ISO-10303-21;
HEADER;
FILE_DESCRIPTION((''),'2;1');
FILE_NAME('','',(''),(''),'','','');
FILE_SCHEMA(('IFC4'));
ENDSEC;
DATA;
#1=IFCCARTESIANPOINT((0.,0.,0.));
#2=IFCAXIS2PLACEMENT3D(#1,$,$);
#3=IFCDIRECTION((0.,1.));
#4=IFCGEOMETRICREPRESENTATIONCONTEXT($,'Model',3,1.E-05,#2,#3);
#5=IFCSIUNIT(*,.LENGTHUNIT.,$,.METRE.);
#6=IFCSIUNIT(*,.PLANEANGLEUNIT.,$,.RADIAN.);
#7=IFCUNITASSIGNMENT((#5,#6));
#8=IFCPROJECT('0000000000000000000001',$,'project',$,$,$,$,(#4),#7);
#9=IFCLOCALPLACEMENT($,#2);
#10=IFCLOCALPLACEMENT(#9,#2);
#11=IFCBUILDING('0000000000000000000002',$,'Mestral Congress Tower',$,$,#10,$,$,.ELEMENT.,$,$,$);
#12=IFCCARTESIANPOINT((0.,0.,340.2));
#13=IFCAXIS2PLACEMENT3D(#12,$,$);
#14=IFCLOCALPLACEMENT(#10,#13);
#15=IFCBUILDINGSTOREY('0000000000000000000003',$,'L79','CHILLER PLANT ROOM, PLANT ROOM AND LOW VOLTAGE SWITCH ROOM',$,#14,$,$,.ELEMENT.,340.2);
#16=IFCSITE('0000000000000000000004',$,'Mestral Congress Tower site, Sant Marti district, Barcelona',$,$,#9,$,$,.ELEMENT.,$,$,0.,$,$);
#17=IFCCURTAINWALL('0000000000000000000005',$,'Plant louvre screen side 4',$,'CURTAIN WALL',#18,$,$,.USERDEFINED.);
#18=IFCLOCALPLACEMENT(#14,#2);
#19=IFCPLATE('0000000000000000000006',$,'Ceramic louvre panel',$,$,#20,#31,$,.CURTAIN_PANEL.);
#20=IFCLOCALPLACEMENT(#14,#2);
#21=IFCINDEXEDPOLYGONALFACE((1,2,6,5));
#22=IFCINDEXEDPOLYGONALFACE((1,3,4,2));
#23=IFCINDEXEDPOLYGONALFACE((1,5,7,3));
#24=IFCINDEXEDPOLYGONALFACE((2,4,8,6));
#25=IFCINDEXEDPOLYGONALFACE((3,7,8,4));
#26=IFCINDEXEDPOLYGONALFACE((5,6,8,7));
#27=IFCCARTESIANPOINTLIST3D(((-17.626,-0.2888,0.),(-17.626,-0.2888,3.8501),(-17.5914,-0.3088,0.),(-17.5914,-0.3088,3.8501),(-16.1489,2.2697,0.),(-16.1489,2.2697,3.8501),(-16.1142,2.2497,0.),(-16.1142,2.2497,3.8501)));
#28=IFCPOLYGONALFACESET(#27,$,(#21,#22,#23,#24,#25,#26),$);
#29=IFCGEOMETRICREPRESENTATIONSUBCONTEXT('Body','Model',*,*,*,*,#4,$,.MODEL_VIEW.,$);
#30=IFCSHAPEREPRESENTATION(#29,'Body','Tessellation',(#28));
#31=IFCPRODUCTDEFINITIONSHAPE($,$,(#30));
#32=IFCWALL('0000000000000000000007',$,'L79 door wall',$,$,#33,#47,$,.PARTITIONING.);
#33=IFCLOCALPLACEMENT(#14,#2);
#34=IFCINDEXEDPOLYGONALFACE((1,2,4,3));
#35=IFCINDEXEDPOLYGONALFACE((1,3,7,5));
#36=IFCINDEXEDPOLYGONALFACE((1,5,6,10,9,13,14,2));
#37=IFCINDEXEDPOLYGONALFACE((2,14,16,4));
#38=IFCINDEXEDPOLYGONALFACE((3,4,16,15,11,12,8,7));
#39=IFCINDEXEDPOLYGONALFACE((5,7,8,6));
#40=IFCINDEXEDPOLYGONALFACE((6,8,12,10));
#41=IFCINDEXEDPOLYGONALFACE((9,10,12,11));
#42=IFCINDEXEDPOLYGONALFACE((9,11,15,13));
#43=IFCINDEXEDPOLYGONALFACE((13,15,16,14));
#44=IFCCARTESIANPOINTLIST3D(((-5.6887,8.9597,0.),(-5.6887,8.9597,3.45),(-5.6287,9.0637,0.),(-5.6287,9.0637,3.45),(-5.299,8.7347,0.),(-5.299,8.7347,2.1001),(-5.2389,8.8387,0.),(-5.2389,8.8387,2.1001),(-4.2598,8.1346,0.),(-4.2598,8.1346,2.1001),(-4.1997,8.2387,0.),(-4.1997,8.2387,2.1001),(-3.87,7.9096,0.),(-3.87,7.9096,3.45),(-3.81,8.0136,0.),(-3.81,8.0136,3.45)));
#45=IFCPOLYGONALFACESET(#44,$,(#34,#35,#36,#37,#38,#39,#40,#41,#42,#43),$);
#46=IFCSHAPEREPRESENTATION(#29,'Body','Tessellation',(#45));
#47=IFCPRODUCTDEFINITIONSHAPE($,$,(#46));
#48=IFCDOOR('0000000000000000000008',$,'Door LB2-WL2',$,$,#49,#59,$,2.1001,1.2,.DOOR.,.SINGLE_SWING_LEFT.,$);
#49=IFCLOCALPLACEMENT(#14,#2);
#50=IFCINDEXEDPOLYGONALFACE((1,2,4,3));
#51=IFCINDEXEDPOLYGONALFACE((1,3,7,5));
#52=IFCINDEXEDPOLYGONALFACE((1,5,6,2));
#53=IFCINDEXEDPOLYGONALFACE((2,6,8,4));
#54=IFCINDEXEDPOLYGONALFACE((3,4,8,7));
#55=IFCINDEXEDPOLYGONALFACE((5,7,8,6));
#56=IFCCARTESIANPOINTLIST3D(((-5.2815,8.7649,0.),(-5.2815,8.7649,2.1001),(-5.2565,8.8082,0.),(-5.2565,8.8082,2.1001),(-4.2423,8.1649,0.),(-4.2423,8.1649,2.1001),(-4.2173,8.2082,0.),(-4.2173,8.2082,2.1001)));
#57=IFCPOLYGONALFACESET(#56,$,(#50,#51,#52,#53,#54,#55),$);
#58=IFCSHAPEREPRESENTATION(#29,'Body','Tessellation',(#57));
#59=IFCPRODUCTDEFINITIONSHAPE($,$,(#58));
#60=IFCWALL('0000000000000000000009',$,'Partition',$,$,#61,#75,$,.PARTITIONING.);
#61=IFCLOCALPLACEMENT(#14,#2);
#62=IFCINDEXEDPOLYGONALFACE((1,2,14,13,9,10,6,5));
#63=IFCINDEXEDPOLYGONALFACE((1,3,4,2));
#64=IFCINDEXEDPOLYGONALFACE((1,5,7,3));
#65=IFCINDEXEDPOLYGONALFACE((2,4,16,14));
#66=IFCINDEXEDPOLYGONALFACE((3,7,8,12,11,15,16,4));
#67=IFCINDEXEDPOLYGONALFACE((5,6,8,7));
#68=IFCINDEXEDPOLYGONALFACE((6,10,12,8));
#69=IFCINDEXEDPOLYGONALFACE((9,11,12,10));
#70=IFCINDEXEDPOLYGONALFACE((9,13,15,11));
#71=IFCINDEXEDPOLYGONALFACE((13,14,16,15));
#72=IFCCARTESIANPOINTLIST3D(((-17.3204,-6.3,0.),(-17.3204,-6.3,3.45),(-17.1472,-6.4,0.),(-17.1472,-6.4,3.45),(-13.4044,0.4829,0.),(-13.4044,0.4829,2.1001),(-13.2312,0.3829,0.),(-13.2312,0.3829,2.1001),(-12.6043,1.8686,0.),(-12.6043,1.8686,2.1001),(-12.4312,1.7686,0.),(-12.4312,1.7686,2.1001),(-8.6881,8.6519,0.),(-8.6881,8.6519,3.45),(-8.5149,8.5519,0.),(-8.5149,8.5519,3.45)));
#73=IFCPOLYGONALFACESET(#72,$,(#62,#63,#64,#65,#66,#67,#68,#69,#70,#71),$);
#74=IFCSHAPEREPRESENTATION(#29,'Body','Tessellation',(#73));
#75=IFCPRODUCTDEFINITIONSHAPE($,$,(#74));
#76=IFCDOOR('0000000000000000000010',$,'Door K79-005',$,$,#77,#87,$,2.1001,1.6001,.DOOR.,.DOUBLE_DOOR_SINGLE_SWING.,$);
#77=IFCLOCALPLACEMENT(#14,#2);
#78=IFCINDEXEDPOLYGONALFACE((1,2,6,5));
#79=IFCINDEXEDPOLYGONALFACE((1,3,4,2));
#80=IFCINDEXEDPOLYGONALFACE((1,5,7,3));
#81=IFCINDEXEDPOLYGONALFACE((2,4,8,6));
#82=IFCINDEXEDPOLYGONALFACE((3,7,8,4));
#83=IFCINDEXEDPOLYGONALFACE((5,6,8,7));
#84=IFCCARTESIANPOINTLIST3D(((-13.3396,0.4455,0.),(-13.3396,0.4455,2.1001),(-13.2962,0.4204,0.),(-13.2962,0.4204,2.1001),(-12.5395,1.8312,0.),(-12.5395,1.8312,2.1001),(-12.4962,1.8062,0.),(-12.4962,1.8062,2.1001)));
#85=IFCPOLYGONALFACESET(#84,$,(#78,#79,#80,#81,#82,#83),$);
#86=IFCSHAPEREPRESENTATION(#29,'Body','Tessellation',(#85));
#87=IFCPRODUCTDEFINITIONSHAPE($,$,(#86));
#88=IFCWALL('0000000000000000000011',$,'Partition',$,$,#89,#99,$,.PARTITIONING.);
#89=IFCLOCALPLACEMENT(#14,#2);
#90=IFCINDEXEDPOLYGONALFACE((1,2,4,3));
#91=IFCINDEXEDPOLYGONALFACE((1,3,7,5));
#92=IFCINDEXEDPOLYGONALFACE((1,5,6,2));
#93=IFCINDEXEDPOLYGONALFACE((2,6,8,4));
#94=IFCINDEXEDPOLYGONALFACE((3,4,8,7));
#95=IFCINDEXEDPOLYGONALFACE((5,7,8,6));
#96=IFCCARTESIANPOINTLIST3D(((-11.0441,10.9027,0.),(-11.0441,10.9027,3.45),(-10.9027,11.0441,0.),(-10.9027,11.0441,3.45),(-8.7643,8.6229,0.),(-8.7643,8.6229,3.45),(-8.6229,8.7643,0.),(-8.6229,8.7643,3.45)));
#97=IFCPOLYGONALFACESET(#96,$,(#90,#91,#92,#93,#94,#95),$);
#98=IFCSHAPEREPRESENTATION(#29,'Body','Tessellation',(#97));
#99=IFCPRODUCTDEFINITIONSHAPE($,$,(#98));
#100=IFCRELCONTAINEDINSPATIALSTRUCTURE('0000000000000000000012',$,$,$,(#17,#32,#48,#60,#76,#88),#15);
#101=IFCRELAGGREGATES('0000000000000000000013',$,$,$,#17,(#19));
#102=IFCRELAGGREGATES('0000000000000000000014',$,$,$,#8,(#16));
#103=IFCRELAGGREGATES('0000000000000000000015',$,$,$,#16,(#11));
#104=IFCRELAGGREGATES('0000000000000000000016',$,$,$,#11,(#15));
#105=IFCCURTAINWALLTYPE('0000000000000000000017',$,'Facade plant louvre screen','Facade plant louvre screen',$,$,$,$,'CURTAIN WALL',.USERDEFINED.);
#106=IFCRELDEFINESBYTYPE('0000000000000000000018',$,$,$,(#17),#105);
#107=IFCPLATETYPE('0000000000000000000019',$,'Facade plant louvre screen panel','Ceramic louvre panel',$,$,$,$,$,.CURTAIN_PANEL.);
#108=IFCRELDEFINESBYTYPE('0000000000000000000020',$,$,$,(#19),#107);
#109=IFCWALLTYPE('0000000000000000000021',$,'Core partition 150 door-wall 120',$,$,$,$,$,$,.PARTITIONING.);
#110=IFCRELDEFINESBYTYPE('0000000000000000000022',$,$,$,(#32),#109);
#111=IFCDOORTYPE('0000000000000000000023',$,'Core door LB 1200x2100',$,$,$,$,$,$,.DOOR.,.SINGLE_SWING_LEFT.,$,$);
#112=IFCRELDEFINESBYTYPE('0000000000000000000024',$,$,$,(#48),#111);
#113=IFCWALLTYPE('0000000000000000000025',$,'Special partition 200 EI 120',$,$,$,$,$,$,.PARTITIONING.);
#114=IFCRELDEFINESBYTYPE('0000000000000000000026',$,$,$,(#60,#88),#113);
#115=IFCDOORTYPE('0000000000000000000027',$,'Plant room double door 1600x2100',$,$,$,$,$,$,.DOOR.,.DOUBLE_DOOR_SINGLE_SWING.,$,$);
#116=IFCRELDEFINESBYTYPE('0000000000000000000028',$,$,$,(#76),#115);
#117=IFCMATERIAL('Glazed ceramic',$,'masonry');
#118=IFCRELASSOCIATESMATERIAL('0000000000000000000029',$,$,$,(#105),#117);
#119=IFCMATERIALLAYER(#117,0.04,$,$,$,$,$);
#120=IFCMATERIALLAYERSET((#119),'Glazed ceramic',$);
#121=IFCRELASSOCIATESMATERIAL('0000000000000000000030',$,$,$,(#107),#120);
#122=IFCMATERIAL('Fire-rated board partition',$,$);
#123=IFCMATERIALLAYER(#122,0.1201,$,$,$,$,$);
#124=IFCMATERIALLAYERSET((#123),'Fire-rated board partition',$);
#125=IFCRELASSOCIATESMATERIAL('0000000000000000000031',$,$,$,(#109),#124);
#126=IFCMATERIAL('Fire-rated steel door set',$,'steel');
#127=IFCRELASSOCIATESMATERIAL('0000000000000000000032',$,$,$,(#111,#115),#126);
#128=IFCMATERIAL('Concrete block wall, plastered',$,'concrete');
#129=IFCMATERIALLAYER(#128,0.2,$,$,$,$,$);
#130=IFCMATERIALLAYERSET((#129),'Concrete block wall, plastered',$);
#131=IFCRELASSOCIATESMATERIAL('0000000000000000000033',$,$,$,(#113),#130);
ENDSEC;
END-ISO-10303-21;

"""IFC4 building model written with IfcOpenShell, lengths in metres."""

from ifc_helpers import new_model, si_unit, direction, frame, frame_2d, origin, origin_2d, place, context, subcontext, project, spatial, rectangle, extrude, material, layer, layer_set, type_object, element, fill, aggregate, save


model = new_model("IFC4")

# Units and contexts
model_context = context("Model", 3, precision=1e-05, world=origin(), true_north=direction((0.0, 1.0)))
body_context = subcontext(model_context, "Body", "Model", "MODEL_VIEW")
ifc_project = project(units=[si_unit("LENGTHUNIT", "METRE"), si_unit("PLANEANGLEUNIT", "RADIAN")], contexts=[model_context])

# Site, building, storey
site_placement = place(None, origin())
site = spatial("IfcSite", under=ifc_project, at=site_placement, Name="Mestral Congress Tower site, Sant Marti district, Barcelona", CompositionType="ELEMENT", RefElevation=0.0)
building_placement = place(site_placement, origin())
building = spatial("IfcBuilding", under=site, at=building_placement, Name="Mestral Congress Tower", CompositionType="ELEMENT")
storey_placement = place(building_placement, frame((0.0, 0.0, 340.2)))
storey = spatial("IfcBuildingStorey", under=building, at=storey_placement, Name="L79", Description="CHILLER PLANT ROOM, PLANT ROOM AND LOW VOLTAGE SWITCH ROOM", CompositionType="ELEMENT", Elevation=340.2)

# Curtain wall
ifc_material_1 = material(Name="Glazed ceramic", Category="masonry")
curtain_wall_type = type_object("IfcCurtainWallType", Name="Facade plant louvre screen", Description="Facade plant louvre screen", ElementType="CURTAIN WALL", PredefinedType="USERDEFINED", material=ifc_material_1)
curtain_wall_placement = place(storey_placement, origin())
curtain_wall = element("IfcCurtainWall", 1, at=curtain_wall_placement, inside=storey, type_object=curtain_wall_type, Name="Plant louvre screen side 4", ObjectType="CURTAIN WALL", PredefinedType="USERDEFINED")

# Plate
ifc_layer_1 = layer(ifc_material_1, 0.04)
ifc_layer_set_1 = layer_set([ifc_layer_1], Name="Glazed ceramic")
plate_type = type_object("IfcPlateType", Name="Facade plant louvre screen panel", Description="Ceramic louvre panel", PredefinedType="CURTAIN_PANEL", material=ifc_layer_set_1)
plate_1_placement = place(storey_placement, frame((-16.8701, 0.9805, 0.0), z_axis=(0.0, 0.0, 1.0), x_axis=(-0.500002, -0.866025, 0.0)))
plate_1 = element("IfcPlate", 2, at=plate_1_placement, type_object=plate_type, Name="Ceramic louvre panel", PredefinedType="CURTAIN_PANEL", context=body_context, shape_type="SweptSolid", body=[
    extrude(rectangle(XDim=2.9543, YDim=0.04, at=origin_2d()), origin(), (0.0, 0.0, 1.0), 3.8501),
])
aggregate(curtain_wall, [plate_1])

# Walls, openings, doors
ifc_material_2 = material(Name="Fire-rated board partition")
ifc_layer_2 = layer(ifc_material_2, 0.1201)
ifc_layer_set_2 = layer_set([ifc_layer_2], Name="Fire-rated board partition")
wall_type_1 = type_object("IfcWallType", Name="Core partition 150 door-wall 120", PredefinedType="PARTITIONING", material=ifc_layer_set_2)
wall_1_placement = place(storey_placement, frame((-5.6587, 9.0117, 0.0), z_axis=(0.0, 0.0, 1.0), x_axis=(0.866009, -0.500028, 0.0)))
wall_1 = element("IfcWall", 3, at=wall_1_placement, inside=storey, type_object=wall_type_1, Name="L79 door wall", PredefinedType="PARTITIONING", context=body_context, shape_type="SweptSolid", body=[
    extrude(rectangle(XDim=2.1001, YDim=0.1201, at=frame_2d((1.05, 0.0))), origin(), (0.0, 0.0, 1.0), 3.45),
])
opening_1_placement = place(wall_1_placement, frame((0.45, 0.0, 0.0)))
opening_1 = element("IfcOpeningElement", 4, at=opening_1_placement, cuts=wall_1, PredefinedType="OPENING", context=body_context, shape_type="SweptSolid", body=[
    extrude(rectangle(XDim=1.2, YDim=2.1001, at=frame_2d((0.6001, 1.05))), frame((0.0, 0.0701, 0.0), z_axis=(0.0, -1.0, 0.0), x_axis=(1.0, 0.0, 0.0)), (0.0, 0.0, 1.0), 0.1401),
])
ifc_material_3 = material(Name="Fire-rated steel door set", Category="steel")
door_type_1 = type_object("IfcDoorType", Name="Core door LB 1200x2100", OperationType="SINGLE_SWING_LEFT", PredefinedType="DOOR", material=ifc_material_3)
door_1_placement = place(opening_1_placement, origin())
door_1 = element("IfcDoor", 5, at=door_1_placement, inside=storey, type_object=door_type_1, Name="Door LB2-WL2", OperationType="SINGLE_SWING_LEFT", OverallHeight=2.1001, OverallWidth=1.2, PredefinedType="DOOR", context=body_context, shape_type="SweptSolid", body=[
    extrude(rectangle(XDim=1.2, YDim=2.1001, at=frame_2d((0.6001, 1.05))), frame((0.0, 0.0249, 0.0), z_axis=(0.0, -1.0, 0.0), x_axis=(1.0, 0.0, 0.0)), (0.0, 0.0, 1.0), 0.05),
])
fill(opening_1, door_1)
ifc_material_4 = material(Name="Concrete block wall, plastered", Category="concrete")
ifc_layer_3 = layer(ifc_material_4, 0.2)
ifc_layer_set_3 = layer_set([ifc_layer_3], Name="Concrete block wall, plastered")
wall_type_2 = type_object("IfcWallType", Name="Special partition 200 EI 120", PredefinedType="PARTITIONING", material=ifc_layer_set_3)
wall_2_placement = place(storey_placement, frame((-8.6016, 8.6018, 0.0), z_axis=(0.0, 0.0, 1.0), x_axis=(-0.499993, -0.866029, 0.0)))
wall_2 = element("IfcWall", 6, at=wall_2_placement, inside=storey, type_object=wall_type_2, Name="Partition", PredefinedType="PARTITIONING", context=body_context, shape_type="SweptSolid", body=[
    extrude(rectangle(XDim=17.2649, YDim=0.2, at=frame_2d((8.6323, 0.0))), origin(), (0.0, 0.0, 1.0), 3.45),
])
opening_2_placement = place(wall_2_placement, frame((7.8325, 0.0, 0.0)))
opening_2 = element("IfcOpeningElement", 7, at=opening_2_placement, cuts=wall_2, PredefinedType="OPENING", context=body_context, shape_type="SweptSolid", body=[
    extrude(rectangle(XDim=1.6001, YDim=2.1001, at=frame_2d((0.8, 1.05))), frame((0.0, 0.1099, 0.0), z_axis=(0.0, -1.0, 0.0), x_axis=(1.0, 0.0, 0.0)), (0.0, 0.0, 1.0), 0.22),
])
door_type_2 = type_object("IfcDoorType", Name="Plant room double door 1600x2100", OperationType="DOUBLE_DOOR_SINGLE_SWING", PredefinedType="DOOR", material=ifc_material_3)
door_2_placement = place(opening_2_placement, origin())
door_2 = element("IfcDoor", 8, at=door_2_placement, inside=storey, type_object=door_type_2, Name="Door K79-005", OperationType="DOUBLE_DOOR_SINGLE_SWING", OverallHeight=2.1001, OverallWidth=1.6001, PredefinedType="DOOR", context=body_context, shape_type="SweptSolid", body=[
    extrude(rectangle(XDim=1.6001, YDim=2.1001, at=frame_2d((0.8, 1.05))), frame((0.0, 0.0249, 0.0), z_axis=(0.0, -1.0, 0.0), x_axis=(1.0, 0.0, 0.0)), (0.0, 0.0, 1.0), 0.05),
])
fill(opening_2, door_2)

# Wall
wall_3_placement = place(storey_placement, frame((-8.6936, 8.6936, 0.0), z_axis=(0.0, 0.0, 1.0), x_axis=(-0.707107, 0.707107, 0.0)))
element("IfcWall", 9, at=wall_3_placement, inside=storey, type_object=wall_type_2, Name="Partition", PredefinedType="PARTITIONING", context=body_context, shape_type="SweptSolid", body=[
    extrude(rectangle(XDim=3.2241, YDim=0.2, at=frame_2d((1.6121, 0.0))), origin(), (0.0, 0.0, 1.0), 3.45),
])

save(model, "model.ifc")
